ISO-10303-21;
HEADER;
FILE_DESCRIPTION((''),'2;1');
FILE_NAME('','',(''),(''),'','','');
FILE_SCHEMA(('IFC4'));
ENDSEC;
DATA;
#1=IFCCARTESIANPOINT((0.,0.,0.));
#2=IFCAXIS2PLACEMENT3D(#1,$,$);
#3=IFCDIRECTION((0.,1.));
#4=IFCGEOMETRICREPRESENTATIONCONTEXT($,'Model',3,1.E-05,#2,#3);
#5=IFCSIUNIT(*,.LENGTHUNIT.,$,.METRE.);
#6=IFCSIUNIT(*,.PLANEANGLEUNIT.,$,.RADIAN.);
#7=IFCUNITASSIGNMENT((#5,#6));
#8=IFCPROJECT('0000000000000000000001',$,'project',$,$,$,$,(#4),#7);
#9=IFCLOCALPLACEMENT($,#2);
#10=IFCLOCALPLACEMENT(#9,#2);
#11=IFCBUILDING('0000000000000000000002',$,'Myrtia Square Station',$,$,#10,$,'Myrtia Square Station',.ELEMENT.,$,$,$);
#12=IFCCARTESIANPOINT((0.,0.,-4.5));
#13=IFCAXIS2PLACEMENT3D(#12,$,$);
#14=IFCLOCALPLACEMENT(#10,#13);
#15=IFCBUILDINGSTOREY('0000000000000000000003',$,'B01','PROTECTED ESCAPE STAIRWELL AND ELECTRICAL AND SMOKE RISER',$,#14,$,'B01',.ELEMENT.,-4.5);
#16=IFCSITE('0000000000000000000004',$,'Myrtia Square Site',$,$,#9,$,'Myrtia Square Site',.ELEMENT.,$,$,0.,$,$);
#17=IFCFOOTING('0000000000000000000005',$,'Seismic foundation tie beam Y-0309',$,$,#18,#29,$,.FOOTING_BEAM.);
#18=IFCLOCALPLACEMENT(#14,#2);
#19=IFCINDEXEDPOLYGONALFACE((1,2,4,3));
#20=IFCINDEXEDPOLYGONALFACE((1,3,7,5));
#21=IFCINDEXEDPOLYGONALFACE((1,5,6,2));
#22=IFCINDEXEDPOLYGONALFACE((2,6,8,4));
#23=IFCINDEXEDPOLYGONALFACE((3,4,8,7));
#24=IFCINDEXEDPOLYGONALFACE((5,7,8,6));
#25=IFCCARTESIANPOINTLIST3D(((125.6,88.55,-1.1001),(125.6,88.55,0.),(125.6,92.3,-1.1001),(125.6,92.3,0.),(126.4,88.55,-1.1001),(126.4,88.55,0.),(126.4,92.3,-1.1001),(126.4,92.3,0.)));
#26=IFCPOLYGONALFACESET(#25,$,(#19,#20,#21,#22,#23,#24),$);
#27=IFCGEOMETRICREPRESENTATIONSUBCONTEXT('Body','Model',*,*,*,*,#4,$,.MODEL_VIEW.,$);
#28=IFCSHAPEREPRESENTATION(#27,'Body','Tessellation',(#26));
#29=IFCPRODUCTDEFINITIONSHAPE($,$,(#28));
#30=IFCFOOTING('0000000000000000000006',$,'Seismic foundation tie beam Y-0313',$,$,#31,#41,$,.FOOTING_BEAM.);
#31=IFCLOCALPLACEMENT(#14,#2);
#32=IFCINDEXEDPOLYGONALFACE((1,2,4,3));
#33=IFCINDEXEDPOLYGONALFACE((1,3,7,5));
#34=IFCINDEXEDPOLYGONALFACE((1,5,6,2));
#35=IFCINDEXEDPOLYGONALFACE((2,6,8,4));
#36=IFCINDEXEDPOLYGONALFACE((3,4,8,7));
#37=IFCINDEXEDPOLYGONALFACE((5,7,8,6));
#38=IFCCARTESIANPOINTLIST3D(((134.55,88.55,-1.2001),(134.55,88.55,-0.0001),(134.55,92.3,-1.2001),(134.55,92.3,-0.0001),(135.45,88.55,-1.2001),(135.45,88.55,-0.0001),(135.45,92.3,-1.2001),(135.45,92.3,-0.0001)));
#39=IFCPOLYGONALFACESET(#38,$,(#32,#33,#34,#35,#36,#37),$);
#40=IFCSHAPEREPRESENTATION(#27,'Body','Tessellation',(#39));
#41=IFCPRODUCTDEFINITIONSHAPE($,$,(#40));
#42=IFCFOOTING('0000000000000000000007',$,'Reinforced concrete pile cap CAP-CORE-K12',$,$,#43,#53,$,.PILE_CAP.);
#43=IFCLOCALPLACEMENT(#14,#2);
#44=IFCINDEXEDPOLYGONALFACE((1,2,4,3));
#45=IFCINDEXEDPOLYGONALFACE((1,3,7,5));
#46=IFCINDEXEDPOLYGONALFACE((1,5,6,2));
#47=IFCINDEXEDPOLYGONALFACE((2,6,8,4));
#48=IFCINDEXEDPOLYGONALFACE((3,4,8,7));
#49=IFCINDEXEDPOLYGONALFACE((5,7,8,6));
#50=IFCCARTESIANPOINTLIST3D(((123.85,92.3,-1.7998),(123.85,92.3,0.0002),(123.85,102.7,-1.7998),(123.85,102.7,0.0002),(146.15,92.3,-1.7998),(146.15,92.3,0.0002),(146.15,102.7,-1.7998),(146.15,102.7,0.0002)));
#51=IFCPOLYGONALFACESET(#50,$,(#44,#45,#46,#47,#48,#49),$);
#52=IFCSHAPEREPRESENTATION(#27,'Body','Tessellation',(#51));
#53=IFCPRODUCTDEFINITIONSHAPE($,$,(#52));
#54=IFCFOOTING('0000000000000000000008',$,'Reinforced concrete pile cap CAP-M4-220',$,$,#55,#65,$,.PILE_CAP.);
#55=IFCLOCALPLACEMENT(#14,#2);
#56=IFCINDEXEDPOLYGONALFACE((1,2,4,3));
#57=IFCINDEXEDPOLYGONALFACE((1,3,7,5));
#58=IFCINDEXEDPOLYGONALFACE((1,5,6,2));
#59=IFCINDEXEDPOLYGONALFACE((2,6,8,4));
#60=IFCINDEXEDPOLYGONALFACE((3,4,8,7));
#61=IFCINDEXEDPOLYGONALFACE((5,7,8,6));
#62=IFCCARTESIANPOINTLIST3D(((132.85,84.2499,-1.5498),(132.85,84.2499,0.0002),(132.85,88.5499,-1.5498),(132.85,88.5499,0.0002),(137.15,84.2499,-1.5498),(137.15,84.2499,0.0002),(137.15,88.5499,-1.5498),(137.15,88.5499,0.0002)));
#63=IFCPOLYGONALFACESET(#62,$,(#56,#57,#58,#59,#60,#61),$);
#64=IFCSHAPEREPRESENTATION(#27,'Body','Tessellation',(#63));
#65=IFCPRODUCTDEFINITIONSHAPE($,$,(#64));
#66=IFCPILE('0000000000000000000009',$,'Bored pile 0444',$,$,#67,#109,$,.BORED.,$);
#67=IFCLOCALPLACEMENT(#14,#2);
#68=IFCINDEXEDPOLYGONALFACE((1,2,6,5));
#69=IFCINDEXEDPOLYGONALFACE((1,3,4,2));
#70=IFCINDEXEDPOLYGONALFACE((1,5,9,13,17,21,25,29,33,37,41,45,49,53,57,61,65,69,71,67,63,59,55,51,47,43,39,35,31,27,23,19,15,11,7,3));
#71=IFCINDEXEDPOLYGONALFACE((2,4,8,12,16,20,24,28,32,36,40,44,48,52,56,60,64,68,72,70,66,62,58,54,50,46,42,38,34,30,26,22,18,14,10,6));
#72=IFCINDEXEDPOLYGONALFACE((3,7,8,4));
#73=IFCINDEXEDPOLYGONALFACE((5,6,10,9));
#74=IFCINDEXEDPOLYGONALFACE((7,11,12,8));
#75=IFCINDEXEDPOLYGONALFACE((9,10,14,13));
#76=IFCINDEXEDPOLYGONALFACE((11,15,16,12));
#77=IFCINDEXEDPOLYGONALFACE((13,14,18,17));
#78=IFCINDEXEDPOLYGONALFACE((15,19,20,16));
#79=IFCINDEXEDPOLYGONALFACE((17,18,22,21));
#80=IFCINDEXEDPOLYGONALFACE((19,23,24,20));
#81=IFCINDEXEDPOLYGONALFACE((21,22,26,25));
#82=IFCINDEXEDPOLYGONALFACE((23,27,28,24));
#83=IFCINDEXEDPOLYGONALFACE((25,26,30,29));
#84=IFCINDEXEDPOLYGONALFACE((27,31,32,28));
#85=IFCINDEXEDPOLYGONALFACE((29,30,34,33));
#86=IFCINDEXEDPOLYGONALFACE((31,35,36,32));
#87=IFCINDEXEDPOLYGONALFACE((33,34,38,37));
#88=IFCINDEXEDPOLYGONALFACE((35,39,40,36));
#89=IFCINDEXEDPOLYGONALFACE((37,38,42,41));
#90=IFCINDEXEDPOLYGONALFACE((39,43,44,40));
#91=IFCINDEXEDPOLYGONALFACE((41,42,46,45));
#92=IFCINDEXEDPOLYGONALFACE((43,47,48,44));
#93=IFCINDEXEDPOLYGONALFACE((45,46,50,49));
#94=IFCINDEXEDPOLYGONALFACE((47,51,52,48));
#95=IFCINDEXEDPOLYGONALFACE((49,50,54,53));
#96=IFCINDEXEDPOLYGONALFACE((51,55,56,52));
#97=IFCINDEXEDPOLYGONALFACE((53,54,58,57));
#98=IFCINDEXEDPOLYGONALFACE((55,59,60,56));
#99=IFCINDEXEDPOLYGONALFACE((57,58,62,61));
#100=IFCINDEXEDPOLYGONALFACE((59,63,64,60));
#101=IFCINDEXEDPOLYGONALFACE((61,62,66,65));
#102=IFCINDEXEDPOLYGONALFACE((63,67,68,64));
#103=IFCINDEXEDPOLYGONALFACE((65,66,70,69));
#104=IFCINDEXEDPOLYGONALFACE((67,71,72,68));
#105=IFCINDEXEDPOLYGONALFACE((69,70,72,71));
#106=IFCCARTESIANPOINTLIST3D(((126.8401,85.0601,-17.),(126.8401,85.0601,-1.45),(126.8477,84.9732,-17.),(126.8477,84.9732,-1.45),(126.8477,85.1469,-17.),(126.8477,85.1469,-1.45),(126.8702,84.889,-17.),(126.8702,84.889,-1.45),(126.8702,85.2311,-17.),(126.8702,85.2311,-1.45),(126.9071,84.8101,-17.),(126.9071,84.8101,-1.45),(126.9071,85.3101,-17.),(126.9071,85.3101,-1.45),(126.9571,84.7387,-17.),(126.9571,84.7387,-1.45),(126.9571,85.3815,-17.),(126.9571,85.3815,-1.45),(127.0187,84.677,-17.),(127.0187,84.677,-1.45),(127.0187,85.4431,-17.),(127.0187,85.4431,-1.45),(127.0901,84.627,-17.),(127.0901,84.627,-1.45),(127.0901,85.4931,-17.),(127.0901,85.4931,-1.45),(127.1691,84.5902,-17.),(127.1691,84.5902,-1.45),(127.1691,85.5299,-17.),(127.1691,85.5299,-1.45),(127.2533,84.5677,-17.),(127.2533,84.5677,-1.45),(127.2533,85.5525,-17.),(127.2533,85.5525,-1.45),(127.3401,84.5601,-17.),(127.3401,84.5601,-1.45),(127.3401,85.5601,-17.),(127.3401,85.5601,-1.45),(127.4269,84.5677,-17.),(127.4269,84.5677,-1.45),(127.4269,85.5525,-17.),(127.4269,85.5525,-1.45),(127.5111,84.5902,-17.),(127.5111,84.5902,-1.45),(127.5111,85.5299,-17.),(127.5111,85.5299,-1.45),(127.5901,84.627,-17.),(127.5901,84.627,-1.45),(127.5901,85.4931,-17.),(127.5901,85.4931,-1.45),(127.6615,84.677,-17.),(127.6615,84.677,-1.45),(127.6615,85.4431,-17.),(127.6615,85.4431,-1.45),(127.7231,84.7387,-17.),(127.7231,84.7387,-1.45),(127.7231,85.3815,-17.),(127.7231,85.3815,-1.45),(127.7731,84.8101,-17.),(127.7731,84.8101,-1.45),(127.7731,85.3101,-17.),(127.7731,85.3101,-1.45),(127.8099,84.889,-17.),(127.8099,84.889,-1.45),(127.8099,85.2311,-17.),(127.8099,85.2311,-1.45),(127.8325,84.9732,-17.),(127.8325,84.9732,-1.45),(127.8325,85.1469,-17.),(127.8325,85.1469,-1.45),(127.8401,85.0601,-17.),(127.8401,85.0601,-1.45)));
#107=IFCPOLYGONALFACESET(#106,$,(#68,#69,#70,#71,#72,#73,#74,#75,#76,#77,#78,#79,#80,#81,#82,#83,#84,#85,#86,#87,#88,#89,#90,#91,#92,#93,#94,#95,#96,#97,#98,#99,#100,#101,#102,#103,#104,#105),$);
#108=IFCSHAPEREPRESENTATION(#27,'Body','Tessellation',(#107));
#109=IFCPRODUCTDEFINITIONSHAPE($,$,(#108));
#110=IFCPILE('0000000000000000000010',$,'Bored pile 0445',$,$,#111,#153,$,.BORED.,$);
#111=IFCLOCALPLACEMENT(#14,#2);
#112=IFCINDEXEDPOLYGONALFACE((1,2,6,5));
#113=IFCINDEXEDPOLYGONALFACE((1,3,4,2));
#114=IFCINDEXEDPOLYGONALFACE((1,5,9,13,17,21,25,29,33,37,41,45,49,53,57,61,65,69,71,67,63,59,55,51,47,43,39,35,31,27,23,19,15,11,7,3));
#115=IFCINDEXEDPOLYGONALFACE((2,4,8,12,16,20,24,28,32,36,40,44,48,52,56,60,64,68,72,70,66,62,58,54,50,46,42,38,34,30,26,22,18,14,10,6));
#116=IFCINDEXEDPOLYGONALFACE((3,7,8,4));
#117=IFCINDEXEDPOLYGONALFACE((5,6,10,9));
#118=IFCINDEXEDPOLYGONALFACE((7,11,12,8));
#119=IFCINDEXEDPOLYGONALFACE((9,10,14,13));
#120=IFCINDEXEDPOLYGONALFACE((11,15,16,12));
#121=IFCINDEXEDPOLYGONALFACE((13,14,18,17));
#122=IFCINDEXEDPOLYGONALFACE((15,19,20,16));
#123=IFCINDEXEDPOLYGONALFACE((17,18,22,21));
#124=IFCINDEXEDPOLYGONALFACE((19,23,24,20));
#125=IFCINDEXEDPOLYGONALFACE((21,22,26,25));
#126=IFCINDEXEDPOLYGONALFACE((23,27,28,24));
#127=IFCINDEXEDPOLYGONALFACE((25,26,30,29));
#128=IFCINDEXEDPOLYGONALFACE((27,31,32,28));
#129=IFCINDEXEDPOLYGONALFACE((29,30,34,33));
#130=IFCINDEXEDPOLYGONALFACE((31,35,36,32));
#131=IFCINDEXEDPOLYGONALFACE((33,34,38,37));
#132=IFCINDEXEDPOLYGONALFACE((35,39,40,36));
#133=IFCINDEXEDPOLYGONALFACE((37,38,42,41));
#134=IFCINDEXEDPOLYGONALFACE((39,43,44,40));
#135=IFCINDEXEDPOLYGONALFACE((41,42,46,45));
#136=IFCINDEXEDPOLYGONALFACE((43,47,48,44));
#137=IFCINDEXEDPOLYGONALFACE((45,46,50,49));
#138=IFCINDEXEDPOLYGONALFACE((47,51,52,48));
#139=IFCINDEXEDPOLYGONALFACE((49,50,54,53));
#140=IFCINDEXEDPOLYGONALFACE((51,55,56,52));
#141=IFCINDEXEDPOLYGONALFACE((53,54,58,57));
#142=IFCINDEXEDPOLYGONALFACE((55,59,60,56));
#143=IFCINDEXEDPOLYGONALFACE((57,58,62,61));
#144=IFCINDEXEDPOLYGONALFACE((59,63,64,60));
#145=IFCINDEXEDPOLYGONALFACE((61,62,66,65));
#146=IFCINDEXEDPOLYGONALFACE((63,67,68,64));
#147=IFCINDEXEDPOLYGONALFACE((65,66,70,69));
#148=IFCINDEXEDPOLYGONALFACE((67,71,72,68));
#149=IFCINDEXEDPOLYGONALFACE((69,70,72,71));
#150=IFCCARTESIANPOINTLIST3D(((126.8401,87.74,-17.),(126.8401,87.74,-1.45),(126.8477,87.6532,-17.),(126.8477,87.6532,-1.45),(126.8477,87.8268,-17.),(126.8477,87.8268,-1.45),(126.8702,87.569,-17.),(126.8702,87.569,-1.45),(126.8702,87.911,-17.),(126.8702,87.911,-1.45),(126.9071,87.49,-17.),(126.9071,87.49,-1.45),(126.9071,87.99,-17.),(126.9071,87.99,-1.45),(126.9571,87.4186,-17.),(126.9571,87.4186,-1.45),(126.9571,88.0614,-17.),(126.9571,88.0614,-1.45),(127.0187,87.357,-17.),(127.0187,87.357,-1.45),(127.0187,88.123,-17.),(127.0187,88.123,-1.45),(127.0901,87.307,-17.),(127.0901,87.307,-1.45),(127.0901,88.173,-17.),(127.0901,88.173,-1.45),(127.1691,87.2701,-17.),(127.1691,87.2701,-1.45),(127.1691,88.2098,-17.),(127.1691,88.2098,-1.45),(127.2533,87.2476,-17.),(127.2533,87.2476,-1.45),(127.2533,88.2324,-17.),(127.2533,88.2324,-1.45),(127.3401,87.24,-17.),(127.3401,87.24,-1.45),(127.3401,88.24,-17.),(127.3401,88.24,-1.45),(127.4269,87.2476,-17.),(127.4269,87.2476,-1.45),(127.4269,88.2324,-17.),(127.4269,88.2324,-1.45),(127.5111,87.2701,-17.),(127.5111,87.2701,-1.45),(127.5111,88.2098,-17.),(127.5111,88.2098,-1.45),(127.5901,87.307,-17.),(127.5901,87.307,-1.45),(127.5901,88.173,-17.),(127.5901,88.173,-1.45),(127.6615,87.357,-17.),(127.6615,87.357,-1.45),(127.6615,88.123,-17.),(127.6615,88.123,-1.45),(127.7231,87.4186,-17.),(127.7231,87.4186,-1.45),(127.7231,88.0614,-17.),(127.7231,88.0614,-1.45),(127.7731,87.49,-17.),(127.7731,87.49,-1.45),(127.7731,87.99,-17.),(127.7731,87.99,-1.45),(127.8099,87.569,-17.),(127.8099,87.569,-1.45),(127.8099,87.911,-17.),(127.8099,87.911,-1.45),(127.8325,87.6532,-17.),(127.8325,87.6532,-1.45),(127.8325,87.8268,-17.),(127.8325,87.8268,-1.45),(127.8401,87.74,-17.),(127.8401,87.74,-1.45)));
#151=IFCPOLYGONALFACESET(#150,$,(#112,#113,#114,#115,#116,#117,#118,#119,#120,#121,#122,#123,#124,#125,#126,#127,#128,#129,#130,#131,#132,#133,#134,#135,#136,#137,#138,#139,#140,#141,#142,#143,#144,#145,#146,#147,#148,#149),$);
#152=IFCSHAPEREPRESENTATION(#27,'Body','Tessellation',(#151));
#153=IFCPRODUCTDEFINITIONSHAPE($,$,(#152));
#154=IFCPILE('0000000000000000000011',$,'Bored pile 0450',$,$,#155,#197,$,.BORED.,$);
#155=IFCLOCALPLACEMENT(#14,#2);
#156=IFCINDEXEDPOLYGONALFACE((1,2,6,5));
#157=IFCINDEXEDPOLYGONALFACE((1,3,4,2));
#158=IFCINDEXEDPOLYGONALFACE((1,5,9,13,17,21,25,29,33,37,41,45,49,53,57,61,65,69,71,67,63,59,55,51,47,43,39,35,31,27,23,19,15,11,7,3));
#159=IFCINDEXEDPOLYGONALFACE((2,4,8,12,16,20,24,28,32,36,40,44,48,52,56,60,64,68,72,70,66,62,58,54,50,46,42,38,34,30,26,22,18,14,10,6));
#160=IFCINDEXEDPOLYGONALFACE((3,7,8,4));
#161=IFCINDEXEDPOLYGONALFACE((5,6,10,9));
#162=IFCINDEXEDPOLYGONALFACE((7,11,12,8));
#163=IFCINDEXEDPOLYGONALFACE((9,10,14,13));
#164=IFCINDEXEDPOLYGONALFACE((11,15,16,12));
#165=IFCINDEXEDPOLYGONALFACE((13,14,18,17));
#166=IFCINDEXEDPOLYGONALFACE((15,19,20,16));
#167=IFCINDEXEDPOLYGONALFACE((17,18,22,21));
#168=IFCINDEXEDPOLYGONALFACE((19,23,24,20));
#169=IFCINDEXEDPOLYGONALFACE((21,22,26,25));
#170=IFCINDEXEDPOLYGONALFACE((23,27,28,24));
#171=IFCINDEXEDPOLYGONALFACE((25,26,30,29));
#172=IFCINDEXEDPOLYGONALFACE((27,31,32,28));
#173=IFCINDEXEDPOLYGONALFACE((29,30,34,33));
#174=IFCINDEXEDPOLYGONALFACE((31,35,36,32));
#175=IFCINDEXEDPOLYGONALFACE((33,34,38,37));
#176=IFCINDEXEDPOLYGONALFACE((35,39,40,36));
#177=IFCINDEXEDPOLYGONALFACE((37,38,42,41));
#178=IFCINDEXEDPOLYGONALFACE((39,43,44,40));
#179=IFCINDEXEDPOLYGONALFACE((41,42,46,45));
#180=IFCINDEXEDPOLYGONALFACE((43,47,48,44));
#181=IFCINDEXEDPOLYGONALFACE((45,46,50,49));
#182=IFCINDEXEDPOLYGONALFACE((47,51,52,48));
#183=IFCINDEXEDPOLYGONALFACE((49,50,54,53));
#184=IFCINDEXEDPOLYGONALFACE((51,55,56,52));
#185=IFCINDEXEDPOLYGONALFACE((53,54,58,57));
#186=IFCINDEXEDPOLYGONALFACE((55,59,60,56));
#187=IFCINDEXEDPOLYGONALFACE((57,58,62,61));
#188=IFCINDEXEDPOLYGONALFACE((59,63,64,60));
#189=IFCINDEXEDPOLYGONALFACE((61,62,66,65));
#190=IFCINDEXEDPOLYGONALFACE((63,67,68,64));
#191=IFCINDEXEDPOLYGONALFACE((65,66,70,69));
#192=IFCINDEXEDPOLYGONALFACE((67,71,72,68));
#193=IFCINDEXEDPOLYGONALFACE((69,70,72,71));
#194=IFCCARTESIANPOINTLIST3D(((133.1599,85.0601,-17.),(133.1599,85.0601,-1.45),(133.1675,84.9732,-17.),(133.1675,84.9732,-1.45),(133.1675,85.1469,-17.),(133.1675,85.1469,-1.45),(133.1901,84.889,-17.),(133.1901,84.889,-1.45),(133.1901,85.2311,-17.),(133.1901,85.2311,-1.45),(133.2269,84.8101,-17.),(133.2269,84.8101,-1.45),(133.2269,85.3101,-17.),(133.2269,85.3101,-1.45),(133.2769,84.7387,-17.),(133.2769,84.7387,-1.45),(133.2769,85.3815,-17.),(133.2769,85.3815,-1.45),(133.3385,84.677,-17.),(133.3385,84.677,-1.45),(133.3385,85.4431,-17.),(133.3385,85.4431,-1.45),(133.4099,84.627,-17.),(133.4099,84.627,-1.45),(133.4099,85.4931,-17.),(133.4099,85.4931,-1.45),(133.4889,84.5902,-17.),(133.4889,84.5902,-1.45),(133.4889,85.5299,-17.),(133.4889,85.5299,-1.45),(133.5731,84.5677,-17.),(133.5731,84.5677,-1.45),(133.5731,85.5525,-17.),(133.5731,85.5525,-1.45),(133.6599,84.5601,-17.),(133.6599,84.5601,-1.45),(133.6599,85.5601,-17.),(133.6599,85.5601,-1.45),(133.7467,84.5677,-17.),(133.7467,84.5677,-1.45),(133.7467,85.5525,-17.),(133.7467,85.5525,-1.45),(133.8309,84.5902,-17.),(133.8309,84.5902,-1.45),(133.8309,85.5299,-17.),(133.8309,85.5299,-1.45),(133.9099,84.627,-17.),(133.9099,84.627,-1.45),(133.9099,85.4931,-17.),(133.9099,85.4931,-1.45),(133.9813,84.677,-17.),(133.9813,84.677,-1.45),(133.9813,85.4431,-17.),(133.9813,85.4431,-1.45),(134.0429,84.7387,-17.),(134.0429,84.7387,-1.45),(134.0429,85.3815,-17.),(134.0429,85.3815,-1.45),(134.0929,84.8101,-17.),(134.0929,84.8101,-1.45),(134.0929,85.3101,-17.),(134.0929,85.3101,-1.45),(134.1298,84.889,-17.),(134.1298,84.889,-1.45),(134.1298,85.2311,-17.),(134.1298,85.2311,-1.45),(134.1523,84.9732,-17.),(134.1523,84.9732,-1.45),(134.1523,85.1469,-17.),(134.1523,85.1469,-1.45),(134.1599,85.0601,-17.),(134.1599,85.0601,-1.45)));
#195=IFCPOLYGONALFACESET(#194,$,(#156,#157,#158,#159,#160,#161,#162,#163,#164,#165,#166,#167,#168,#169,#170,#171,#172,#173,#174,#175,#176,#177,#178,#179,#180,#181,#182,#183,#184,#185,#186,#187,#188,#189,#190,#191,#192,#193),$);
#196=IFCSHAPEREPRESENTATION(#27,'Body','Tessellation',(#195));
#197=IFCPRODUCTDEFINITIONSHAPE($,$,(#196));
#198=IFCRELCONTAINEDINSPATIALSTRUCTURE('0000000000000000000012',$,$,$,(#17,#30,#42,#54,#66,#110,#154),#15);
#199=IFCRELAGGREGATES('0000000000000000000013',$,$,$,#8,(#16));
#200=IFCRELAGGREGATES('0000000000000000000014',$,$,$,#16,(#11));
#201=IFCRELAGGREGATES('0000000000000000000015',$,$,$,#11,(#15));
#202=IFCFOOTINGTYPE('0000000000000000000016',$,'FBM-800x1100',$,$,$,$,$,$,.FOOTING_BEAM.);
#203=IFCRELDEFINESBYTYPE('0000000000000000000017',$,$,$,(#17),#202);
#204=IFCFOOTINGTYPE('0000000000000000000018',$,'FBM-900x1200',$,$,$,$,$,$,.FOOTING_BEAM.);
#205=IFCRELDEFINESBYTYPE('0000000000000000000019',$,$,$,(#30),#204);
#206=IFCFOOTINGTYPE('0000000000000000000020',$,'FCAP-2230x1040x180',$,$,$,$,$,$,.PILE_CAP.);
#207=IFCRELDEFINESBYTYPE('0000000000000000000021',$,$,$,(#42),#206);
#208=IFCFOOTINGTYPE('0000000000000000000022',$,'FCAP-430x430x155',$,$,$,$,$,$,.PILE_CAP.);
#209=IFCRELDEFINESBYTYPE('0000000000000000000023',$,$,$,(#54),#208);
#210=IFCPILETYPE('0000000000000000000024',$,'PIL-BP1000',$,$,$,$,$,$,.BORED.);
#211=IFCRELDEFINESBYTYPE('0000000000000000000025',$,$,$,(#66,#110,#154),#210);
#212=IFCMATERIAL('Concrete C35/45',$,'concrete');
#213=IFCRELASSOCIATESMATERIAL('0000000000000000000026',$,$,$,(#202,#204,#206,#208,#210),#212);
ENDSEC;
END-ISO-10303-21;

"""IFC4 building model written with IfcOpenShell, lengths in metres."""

from ifc_helpers import new_model, si_unit, direction, frame, origin, origin_2d, place, context, subcontext, project, spatial, rectangle, circle, extrude, material, material_profile, profile_set, type_object, element, save


model = new_model("IFC4")

# Units and contexts
model_context = context("Model", 3, precision=1e-05, world=origin(), true_north=direction((0.0, 1.0)))
body_context = subcontext(model_context, "Body", "Model", "MODEL_VIEW")
ifc_project = project(units=[si_unit("LENGTHUNIT", "METRE"), si_unit("PLANEANGLEUNIT", "RADIAN")], contexts=[model_context])

# Site, building, storey
site_placement = place(None, origin())
site = spatial("IfcSite", under=ifc_project, at=site_placement, Name="Myrtia Square Site", LongName="Myrtia Square Site", CompositionType="ELEMENT", RefElevation=0.0)
building_placement = place(site_placement, origin())
building = spatial("IfcBuilding", under=site, at=building_placement, Name="Myrtia Square Station", LongName="Myrtia Square Station", CompositionType="ELEMENT")
storey_placement = place(building_placement, frame((0.0, 0.0, -4.5)))
storey = spatial("IfcBuildingStorey", under=building, at=storey_placement, Name="B01", Description="PROTECTED ESCAPE STAIRWELL AND ELECTRICAL AND SMOKE RISER", LongName="B01", CompositionType="ELEMENT", Elevation=-4.5)

# Footings
ifc_material_1 = material(Name="Concrete C35/45", Category="concrete")
ifc_material_profile_1 = material_profile(ifc_material_1, rectangle(XDim=0.8, YDim=1.1001, at=origin_2d()), Name="FB 800x1100")
ifc_profile_set_1 = profile_set([ifc_material_profile_1], Name="Concrete C35/45")
footing_type_1 = type_object("IfcFootingType", Name="FBM-800x1100", PredefinedType="FOOTING_BEAM", material=ifc_profile_set_1)
footing_1_placement = place(storey_placement, frame((126.0, 88.55, -0.55), z_axis=(0.0, 1.0, 0.0), x_axis=(-1.0, 0.0, 0.0)))
element("IfcFooting", 1, at=footing_1_placement, inside=storey, type_object=footing_type_1, Name="Seismic foundation tie beam Y-0309", PredefinedType="FOOTING_BEAM", context=body_context, shape_type="SweptSolid", body=[
    extrude(rectangle(XDim=0.8, YDim=1.1001, at=origin_2d()), origin(), (0.0, 0.0, 1.0), 3.75),
])
ifc_material_profile_2 = material_profile(ifc_material_1, rectangle(XDim=0.8999, YDim=1.2, at=origin_2d()), Name="FB 900x1200")
ifc_profile_set_2 = profile_set([ifc_material_profile_2], Name="Concrete C35/45")
footing_type_2 = type_object("IfcFootingType", Name="FBM-900x1200", PredefinedType="FOOTING_BEAM", material=ifc_profile_set_2)
footing_2_placement = place(storey_placement, frame((135.0, 88.55, -0.6001), z_axis=(0.0, 1.0, 0.0), x_axis=(-1.0, 0.0, 0.0)))
element("IfcFooting", 2, at=footing_2_placement, inside=storey, type_object=footing_type_2, Name="Seismic foundation tie beam Y-0313", PredefinedType="FOOTING_BEAM", context=body_context, shape_type="SweptSolid", body=[
    extrude(rectangle(XDim=0.8999, YDim=1.2, at=origin_2d()), origin(), (0.0, 0.0, 1.0), 3.75),
])
footing_type_3 = type_object("IfcFootingType", Name="FCAP-2230x1040x180", PredefinedType="PILE_CAP", material=ifc_material_1)
footing_3_placement = place(storey_placement, frame((135.0, 97.5, -1.7998), z_axis=(0.0, 0.0, 1.0), x_axis=(1.0, 0.0, 0.0)))
element("IfcFooting", 3, at=footing_3_placement, inside=storey, type_object=footing_type_3, Name="Reinforced concrete pile cap CAP-CORE-K12", PredefinedType="PILE_CAP", context=body_context, shape_type="SweptSolid", body=[
    extrude(rectangle(XDim=22.3, YDim=10.3999, at=origin_2d()), origin(), (0.0, 0.0, 1.0), 1.8),
])
footing_type_4 = type_object("IfcFootingType", Name="FCAP-430x430x155", PredefinedType="PILE_CAP", material=ifc_material_1)
footing_4_placement = place(storey_placement, frame((135.0, 86.3999, -1.5498), z_axis=(0.0, 0.0, 1.0), x_axis=(1.0, 0.0, 0.0)))
element("IfcFooting", 4, at=footing_4_placement, inside=storey, type_object=footing_type_4, Name="Reinforced concrete pile cap CAP-M4-220", PredefinedType="PILE_CAP", context=body_context, shape_type="SweptSolid", body=[
    extrude(rectangle(XDim=4.3, YDim=4.3, at=origin_2d()), origin(), (0.0, 0.0, 1.0), 1.55),
])

# Piles
ifc_material_profile_3 = material_profile(ifc_material_1, circle(Radius=0.5, at=origin_2d()), Name="BP D1000")
ifc_profile_set_3 = profile_set([ifc_material_profile_3], Name="Concrete C35/45")
pile_type_1 = type_object("IfcPileType", Name="PIL-BP1000", PredefinedType="BORED", material=ifc_profile_set_3)
for number, where, z_axis, x_axis, name in (
    (5, (127.3401, 85.0601, -1.45), (0.0, 0.0, -1.0), (1.0, 0.0, 0.0), "Bored pile 0444"),
    (6, (127.3401, 87.74, -1.45), (0.0, 0.0, -1.0), (1.0, 0.0, 0.0), "Bored pile 0445"),
    (7, (133.6599, 85.0601, -1.45), (0.0, 0.0, -1.0), (1.0, 0.0, 0.0), "Bored pile 0450"),
):
    element("IfcPile", number, at=place(storey_placement, frame(where, z_axis=z_axis, x_axis=x_axis)), inside=storey, type_object=pile_type_1, Name=name, PredefinedType="BORED", context=body_context, shape_type="SweptSolid", body=[
        extrude(circle(Radius=0.5, at=origin_2d()), origin(), (0.0, 0.0, 1.0), 15.55),
    ])

save(model, "model.ifc")
